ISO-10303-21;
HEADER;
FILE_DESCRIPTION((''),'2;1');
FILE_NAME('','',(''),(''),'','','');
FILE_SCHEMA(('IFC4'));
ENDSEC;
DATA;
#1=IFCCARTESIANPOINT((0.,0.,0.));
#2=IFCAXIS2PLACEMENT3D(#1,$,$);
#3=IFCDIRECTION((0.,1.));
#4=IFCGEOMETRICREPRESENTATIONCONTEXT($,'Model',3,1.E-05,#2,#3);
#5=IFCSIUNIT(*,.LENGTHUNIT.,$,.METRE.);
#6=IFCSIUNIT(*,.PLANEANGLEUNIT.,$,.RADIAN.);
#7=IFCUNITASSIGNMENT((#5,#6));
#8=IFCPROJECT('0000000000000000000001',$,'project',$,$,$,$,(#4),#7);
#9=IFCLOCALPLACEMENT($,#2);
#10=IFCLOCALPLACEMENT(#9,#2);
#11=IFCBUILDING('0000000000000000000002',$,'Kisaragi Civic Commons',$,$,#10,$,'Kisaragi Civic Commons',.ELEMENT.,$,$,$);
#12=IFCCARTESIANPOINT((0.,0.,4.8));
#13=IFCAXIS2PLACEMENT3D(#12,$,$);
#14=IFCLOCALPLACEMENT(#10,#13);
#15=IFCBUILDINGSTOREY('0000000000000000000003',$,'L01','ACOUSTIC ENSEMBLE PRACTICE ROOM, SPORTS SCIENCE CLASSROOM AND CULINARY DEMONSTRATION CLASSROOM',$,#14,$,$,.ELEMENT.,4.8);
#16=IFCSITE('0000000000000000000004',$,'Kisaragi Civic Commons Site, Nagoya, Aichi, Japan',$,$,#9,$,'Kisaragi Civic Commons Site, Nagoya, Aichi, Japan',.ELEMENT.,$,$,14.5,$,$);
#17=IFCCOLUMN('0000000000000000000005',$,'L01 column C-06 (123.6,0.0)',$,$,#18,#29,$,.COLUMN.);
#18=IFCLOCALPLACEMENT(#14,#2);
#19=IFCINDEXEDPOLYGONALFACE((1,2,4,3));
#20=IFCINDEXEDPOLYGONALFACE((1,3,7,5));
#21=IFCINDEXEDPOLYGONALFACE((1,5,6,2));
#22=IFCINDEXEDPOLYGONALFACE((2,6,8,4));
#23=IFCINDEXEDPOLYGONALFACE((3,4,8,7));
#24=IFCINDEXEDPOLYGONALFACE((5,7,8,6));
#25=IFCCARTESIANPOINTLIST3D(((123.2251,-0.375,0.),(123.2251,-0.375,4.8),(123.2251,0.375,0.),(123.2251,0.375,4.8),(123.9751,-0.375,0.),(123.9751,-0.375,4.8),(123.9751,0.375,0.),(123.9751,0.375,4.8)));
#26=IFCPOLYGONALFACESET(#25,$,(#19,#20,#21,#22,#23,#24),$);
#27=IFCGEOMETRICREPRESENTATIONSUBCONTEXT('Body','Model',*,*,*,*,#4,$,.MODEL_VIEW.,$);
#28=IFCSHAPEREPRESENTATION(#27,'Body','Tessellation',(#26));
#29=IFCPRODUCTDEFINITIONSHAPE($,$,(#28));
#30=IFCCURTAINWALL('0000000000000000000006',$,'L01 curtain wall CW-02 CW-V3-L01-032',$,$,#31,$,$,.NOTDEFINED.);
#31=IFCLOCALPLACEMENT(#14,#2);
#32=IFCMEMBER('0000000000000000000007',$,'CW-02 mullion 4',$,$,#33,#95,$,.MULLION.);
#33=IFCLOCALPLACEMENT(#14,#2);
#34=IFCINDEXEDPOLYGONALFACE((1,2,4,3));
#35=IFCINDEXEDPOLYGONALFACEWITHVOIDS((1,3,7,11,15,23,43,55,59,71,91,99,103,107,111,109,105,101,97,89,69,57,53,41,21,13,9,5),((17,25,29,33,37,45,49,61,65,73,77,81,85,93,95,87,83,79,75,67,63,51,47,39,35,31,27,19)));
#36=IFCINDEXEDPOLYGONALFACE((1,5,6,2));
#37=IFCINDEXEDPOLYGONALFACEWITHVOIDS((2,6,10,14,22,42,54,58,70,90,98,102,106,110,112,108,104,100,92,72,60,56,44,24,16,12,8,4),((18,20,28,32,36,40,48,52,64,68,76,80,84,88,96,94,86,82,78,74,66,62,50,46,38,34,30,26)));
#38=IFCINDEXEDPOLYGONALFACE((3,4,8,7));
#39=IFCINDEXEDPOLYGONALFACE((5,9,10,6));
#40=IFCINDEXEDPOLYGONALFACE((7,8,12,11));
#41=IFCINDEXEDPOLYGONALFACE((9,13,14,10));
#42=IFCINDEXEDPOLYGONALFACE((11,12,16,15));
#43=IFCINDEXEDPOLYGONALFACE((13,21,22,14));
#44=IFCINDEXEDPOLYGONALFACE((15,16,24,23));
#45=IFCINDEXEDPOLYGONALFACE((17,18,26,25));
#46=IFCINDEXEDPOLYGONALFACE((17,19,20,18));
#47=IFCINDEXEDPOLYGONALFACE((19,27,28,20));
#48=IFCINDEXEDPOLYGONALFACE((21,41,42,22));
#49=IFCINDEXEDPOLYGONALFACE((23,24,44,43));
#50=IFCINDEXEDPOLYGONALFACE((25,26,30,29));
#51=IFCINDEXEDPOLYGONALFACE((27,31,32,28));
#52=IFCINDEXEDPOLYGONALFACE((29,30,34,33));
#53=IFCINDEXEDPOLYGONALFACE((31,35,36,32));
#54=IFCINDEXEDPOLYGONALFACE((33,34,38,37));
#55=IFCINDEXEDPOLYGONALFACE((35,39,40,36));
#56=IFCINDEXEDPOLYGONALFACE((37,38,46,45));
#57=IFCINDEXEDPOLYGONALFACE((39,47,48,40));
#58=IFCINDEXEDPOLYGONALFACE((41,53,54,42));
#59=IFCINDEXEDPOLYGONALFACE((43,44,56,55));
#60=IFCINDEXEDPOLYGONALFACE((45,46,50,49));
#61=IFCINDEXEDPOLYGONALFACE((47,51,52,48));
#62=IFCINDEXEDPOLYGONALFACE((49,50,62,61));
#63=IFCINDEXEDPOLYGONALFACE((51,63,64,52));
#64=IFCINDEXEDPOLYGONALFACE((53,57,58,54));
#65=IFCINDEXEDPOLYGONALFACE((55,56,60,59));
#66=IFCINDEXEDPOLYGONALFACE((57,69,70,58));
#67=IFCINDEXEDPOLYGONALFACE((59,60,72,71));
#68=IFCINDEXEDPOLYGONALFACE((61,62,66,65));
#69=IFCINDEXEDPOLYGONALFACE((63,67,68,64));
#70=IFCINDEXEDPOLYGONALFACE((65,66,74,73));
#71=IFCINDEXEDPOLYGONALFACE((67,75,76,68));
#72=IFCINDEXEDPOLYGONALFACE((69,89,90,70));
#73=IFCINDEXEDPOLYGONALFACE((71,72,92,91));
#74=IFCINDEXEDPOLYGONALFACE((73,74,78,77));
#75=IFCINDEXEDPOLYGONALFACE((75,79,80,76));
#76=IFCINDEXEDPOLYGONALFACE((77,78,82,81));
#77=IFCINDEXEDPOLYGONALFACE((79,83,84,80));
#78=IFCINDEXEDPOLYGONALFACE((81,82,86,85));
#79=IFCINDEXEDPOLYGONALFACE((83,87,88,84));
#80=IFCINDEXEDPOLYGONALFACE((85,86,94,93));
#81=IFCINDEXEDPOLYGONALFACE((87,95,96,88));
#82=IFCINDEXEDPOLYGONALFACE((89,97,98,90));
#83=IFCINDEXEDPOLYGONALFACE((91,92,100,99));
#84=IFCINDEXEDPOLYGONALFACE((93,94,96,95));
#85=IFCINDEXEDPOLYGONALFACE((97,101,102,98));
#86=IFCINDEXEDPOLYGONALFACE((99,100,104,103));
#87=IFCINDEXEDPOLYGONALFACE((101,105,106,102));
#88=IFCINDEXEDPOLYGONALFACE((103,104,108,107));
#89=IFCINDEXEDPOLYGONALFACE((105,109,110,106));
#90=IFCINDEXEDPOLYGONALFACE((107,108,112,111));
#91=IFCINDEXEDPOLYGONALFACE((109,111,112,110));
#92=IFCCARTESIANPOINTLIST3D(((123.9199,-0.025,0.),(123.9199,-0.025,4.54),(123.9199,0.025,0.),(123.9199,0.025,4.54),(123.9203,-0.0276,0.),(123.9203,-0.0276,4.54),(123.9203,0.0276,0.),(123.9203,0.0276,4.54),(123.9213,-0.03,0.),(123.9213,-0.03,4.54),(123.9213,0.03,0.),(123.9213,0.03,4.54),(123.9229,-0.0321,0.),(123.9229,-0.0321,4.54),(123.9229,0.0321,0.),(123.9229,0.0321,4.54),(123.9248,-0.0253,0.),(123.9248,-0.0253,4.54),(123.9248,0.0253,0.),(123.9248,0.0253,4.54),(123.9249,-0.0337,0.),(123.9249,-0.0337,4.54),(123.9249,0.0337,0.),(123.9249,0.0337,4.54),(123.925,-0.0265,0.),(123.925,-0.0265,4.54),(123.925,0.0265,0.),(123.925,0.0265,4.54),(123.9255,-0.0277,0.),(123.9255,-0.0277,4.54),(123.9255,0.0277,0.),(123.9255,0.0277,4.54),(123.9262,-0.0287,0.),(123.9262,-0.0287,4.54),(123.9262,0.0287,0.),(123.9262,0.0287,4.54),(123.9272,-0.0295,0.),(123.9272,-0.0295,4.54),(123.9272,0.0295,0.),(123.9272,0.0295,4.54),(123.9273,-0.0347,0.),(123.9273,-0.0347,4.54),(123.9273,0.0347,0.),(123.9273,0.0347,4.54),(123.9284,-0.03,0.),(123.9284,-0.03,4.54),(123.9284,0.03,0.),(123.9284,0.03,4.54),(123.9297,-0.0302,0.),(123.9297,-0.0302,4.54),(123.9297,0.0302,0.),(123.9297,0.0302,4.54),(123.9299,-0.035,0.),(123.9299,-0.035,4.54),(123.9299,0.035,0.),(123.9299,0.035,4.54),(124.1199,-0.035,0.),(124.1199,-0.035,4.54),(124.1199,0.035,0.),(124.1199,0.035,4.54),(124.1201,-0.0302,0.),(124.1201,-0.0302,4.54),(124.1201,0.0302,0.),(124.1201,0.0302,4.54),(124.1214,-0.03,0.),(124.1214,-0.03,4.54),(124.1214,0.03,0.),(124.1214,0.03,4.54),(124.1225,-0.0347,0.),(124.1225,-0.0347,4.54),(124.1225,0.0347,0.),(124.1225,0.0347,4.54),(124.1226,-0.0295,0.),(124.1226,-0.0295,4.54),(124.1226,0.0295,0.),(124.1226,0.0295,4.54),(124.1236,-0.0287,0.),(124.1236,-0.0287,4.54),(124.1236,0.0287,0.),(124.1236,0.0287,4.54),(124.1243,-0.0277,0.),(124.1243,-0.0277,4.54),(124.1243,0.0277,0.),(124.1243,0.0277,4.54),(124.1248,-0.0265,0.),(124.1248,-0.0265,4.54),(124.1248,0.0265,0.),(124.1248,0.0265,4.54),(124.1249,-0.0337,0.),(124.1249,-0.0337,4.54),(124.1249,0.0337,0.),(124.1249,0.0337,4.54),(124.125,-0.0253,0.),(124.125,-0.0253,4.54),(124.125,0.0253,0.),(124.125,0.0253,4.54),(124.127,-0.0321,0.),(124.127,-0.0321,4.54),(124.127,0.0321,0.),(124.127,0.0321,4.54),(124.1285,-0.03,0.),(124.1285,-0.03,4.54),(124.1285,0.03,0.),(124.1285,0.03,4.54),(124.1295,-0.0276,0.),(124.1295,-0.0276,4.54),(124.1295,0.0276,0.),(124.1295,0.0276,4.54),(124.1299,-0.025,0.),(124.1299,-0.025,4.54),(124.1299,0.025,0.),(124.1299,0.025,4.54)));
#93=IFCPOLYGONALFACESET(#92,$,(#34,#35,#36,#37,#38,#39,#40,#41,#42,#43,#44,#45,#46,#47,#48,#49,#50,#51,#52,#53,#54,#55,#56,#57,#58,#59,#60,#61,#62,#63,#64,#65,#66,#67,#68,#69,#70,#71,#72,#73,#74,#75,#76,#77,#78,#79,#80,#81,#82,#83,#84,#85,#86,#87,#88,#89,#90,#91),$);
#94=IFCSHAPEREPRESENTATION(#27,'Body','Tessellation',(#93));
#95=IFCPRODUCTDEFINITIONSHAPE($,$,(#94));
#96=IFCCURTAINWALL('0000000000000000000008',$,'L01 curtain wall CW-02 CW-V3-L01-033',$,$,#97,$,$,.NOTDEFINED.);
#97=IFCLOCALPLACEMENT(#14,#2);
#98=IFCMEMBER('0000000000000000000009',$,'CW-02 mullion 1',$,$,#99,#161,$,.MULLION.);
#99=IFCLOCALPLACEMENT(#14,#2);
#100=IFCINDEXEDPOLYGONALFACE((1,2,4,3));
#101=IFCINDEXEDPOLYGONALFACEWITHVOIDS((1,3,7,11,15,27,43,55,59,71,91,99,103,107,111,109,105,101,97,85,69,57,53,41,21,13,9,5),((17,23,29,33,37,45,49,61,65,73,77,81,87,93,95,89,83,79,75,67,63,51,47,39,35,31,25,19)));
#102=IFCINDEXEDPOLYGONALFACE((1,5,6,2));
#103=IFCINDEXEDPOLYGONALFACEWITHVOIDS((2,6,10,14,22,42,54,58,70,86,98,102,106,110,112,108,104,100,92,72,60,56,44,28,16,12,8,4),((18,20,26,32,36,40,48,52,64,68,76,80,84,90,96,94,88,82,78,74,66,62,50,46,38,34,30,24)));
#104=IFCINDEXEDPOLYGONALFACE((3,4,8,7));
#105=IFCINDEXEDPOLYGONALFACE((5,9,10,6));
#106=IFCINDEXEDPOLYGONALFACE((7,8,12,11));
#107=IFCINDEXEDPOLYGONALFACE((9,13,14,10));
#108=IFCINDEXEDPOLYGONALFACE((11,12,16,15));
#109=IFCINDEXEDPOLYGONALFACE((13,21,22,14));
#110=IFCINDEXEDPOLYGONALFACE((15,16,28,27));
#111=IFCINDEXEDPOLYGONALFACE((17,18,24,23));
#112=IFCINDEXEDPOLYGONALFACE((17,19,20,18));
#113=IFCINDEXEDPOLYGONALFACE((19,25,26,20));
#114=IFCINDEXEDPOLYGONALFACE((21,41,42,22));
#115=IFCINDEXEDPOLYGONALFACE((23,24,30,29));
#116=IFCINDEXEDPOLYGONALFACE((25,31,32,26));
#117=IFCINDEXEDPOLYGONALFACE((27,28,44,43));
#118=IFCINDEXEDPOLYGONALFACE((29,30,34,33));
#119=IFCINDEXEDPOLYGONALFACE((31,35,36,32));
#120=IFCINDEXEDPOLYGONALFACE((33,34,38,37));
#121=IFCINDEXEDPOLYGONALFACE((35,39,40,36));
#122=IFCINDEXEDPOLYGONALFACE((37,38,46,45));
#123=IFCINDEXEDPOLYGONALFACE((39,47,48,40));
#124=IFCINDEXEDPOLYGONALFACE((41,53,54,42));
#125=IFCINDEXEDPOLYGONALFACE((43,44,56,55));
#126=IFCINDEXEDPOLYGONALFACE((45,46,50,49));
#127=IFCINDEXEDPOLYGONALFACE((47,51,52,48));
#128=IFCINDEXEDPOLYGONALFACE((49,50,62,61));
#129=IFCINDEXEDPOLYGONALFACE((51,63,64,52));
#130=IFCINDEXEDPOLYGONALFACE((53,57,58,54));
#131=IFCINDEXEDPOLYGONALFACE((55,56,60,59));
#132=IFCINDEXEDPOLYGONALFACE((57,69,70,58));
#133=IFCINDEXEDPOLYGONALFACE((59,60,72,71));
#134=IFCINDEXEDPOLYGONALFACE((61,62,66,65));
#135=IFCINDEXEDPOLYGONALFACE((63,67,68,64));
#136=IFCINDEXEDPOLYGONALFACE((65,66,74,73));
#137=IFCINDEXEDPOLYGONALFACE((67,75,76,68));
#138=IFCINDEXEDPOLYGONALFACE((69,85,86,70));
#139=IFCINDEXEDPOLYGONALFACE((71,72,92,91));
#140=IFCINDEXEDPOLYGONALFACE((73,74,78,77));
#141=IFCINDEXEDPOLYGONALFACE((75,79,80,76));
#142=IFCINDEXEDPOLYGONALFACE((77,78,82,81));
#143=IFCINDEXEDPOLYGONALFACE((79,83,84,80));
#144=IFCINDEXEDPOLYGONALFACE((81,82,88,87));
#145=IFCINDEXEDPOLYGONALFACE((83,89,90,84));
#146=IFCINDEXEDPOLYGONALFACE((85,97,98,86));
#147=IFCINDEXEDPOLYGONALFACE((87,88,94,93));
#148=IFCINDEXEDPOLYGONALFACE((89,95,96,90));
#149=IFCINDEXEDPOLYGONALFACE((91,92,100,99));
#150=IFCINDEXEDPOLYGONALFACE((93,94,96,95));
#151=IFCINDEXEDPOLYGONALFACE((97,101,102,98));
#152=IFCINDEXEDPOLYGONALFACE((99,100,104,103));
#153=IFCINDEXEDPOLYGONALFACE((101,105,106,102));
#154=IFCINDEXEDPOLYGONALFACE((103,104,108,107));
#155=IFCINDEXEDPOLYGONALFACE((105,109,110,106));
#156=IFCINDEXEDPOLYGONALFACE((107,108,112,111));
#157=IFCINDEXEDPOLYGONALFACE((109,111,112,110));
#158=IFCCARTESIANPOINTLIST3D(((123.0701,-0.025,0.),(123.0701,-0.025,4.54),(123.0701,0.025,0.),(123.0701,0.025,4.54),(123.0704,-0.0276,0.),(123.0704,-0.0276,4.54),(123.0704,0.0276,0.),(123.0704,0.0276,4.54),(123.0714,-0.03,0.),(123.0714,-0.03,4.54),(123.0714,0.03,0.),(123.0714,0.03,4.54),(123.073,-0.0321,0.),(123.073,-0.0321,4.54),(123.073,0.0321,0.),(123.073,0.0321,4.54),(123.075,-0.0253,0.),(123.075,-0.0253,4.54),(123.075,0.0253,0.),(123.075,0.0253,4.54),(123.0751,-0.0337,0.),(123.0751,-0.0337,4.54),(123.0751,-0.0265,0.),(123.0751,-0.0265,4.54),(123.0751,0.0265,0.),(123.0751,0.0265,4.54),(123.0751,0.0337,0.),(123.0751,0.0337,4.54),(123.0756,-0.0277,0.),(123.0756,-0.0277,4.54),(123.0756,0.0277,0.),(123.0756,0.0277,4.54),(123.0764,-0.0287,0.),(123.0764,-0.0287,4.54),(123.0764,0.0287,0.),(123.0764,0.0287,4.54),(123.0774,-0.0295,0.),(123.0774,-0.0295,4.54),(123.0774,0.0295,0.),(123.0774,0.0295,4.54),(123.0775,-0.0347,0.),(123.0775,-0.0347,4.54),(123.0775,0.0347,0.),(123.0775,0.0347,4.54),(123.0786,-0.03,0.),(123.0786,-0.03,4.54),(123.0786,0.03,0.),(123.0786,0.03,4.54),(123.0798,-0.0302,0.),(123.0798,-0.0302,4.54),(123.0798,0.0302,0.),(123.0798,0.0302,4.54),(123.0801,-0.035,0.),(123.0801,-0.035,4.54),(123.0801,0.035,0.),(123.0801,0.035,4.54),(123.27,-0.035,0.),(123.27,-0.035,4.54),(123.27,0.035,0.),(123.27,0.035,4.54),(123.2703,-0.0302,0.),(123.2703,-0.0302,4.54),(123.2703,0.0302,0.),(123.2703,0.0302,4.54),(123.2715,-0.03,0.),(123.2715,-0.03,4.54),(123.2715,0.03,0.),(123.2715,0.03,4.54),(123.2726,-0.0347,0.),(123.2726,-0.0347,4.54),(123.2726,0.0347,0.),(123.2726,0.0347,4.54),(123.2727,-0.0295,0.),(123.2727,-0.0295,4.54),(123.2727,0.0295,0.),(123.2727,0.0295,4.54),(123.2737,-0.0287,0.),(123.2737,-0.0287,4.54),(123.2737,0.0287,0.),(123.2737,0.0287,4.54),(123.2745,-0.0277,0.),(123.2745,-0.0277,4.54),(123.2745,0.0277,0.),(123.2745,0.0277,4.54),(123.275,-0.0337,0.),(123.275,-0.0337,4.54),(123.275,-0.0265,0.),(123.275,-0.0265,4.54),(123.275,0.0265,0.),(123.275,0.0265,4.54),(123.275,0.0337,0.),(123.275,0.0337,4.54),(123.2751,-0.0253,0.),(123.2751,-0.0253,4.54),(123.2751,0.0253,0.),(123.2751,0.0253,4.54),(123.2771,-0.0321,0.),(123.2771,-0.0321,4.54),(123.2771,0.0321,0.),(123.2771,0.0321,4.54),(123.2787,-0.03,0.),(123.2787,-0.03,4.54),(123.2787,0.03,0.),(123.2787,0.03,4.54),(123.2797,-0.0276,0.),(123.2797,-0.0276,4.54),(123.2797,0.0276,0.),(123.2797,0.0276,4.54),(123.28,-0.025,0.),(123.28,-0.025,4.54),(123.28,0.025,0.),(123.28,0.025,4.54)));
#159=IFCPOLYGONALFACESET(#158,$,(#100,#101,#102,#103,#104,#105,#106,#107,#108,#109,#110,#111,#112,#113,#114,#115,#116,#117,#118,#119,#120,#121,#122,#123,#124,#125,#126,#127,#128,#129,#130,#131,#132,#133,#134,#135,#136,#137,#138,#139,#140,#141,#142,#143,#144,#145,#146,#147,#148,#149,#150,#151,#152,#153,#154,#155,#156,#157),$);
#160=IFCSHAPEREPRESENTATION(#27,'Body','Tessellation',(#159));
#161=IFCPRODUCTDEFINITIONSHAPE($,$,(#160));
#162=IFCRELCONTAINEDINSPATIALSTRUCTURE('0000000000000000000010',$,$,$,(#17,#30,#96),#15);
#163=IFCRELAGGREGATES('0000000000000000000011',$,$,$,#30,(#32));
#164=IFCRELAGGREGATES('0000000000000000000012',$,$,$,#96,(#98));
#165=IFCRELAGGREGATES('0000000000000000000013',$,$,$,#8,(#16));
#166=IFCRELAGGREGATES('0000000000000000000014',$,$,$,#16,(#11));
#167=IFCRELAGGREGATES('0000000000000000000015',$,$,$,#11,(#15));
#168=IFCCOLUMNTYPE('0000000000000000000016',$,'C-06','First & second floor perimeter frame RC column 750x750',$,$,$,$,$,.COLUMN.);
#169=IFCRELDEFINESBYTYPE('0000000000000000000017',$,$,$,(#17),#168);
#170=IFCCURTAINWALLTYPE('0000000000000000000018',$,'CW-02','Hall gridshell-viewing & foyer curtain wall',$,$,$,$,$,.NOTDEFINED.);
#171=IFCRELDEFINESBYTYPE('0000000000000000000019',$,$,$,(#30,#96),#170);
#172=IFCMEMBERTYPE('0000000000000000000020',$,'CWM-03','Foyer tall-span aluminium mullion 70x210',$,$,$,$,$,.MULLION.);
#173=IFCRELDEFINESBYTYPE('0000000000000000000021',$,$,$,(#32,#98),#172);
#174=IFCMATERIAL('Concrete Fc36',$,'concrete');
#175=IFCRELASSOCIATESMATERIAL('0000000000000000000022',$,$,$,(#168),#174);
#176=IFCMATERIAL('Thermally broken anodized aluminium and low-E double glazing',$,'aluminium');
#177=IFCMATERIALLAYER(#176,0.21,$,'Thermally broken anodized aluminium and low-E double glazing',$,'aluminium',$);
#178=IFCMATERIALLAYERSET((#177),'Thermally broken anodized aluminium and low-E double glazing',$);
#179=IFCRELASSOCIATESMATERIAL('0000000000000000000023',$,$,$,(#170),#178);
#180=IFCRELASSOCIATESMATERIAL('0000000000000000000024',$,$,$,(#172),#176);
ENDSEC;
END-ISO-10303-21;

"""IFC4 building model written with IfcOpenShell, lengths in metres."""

from ifc_helpers import new_model, si_unit, direction, frame, origin, origin_2d, place, context, subcontext, project, spatial, rectangle, hollow_rectangle, extrude, material, layer, layer_set, material_profile, profile_set, type_object, element, aggregate, save


model = new_model("IFC4")

# Units and contexts
model_context = context("Model", 3, precision=1e-05, world=origin(), true_north=direction((0.0, 1.0)))
body_context = subcontext(model_context, "Body", "Model", "MODEL_VIEW")
ifc_project = project(units=[si_unit("LENGTHUNIT", "METRE"), si_unit("PLANEANGLEUNIT", "RADIAN")], contexts=[model_context])

# Site, building, storey
site_placement = place(None, origin())
site = spatial("IfcSite", under=ifc_project, at=site_placement, Name="Kisaragi Civic Commons Site, Nagoya, Aichi, Japan", LongName="Kisaragi Civic Commons Site, Nagoya, Aichi, Japan", CompositionType="ELEMENT", RefElevation=14.5)
building_placement = place(site_placement, origin())
building = spatial("IfcBuilding", under=site, at=building_placement, Name="Kisaragi Civic Commons", LongName="Kisaragi Civic Commons", CompositionType="ELEMENT")
storey_placement = place(building_placement, frame((0.0, 0.0, 4.8)))
storey = spatial("IfcBuildingStorey", under=building, at=storey_placement, Name="L01", Description="ACOUSTIC ENSEMBLE PRACTICE ROOM, SPORTS SCIENCE CLASSROOM AND CULINARY DEMONSTRATION CLASSROOM", CompositionType="ELEMENT", Elevation=4.8)

# Column
ifc_material_1 = material(Name="Concrete Fc36", Category="concrete")
ifc_material_profile_1 = material_profile(ifc_material_1, rectangle(XDim=0.75, YDim=0.75, at=origin_2d()), Name="RC-750x750", Category="concrete")
ifc_profile_set_1 = profile_set([ifc_material_profile_1], Name="Concrete Fc36")
column_type = type_object("IfcColumnType", Name="C-06", Description="First & second floor perimeter frame RC column 750x750", PredefinedType="COLUMN", material=ifc_profile_set_1)
column_placement = place(storey_placement, frame((123.6001, 0.0, 0.0), z_axis=(0.0, 0.0, 1.0), x_axis=(1.0, 0.0, 0.0)))
element("IfcColumn", 1, at=column_placement, inside=storey, type_object=column_type, Name="L01 column C-06 (123.6,0.0)", PredefinedType="COLUMN", context=body_context, shape_type="SweptSolid", body=[
    extrude(rectangle(XDim=0.75, YDim=0.75, at=origin_2d()), origin(), (0.0, 0.0, 1.0), 4.8),
])

# Curtain wall, member
ifc_material_2 = material(Name="Thermally broken anodized aluminium and low-E double glazing", Category="aluminium")
ifc_layer_1 = layer(ifc_material_2, 0.21, Name="Thermally broken anodized aluminium and low-E double glazing", Category="aluminium")
ifc_layer_set_1 = layer_set([ifc_layer_1], Name="Thermally broken anodized aluminium and low-E double glazing")
curtain_wall_type = type_object("IfcCurtainWallType", Name="CW-02", Description="Hall gridshell-viewing & foyer curtain wall", PredefinedType="NOTDEFINED", material=ifc_layer_set_1)
curtain_wall_1_placement = place(storey_placement, origin())
curtain_wall_1 = element("IfcCurtainWall", 2, at=curtain_wall_1_placement, inside=storey, type_object=curtain_wall_type, Name="L01 curtain wall CW-02 CW-V3-L01-032", PredefinedType="NOTDEFINED")
ifc_material_profile_2 = material_profile(ifc_material_2, hollow_rectangle(XDim=0.0701, YDim=0.21, WallThickness=0.0049, InnerFilletRadius=0.0049, OuterFilletRadius=0.01, at=origin_2d()), Name="CWM-70x210x5", Category="aluminium")
ifc_profile_set_2 = profile_set([ifc_material_profile_2], Name="Thermally broken anodized aluminium and low-E double glazing")
member_type_1 = type_object("IfcMemberType", Name="CWM-03", Description="Foyer tall-span aluminium mullion 70x210", PredefinedType="MULLION", material=ifc_profile_set_2)
member_1_placement = place(storey_placement, frame((124.0249, 0.0, 0.0), z_axis=(0.0, 0.0, 1.0), x_axis=(0.0, -1.0, 0.0)))
member_1 = element("IfcMember", 3, at=member_1_placement, type_object=member_type_1, Name="CW-02 mullion 4", PredefinedType="MULLION", context=body_context, shape_type="SweptSolid", body=[
    extrude(hollow_rectangle(XDim=0.0701, YDim=0.21, WallThickness=0.0049, InnerFilletRadius=0.0049, OuterFilletRadius=0.01, at=origin_2d()), origin(), (0.0, 0.0, 1.0), 4.54),
])
aggregate(curtain_wall_1, [member_1])

# Curtain wall, member
curtain_wall_2_placement = place(storey_placement, origin())
curtain_wall_2 = element("IfcCurtainWall", 4, at=curtain_wall_2_placement, inside=storey, type_object=curtain_wall_type, Name="L01 curtain wall CW-02 CW-V3-L01-033", PredefinedType="NOTDEFINED")
member_2_placement = place(storey_placement, frame((123.175, 0.0, 0.0), z_axis=(0.0, 0.0, 1.0), x_axis=(0.0, -1.0, 0.0)))
member_2 = element("IfcMember", 5, at=member_2_placement, type_object=member_type_1, Name="CW-02 mullion 1", PredefinedType="MULLION", context=body_context, shape_type="SweptSolid", body=[
    extrude(hollow_rectangle(XDim=0.0701, YDim=0.21, WallThickness=0.0049, InnerFilletRadius=0.0049, OuterFilletRadius=0.01, at=origin_2d()), origin(), (0.0, 0.0, 1.0), 4.54),
])

aggregate(curtain_wall_2, [member_2])

save(model, "model.ifc")
